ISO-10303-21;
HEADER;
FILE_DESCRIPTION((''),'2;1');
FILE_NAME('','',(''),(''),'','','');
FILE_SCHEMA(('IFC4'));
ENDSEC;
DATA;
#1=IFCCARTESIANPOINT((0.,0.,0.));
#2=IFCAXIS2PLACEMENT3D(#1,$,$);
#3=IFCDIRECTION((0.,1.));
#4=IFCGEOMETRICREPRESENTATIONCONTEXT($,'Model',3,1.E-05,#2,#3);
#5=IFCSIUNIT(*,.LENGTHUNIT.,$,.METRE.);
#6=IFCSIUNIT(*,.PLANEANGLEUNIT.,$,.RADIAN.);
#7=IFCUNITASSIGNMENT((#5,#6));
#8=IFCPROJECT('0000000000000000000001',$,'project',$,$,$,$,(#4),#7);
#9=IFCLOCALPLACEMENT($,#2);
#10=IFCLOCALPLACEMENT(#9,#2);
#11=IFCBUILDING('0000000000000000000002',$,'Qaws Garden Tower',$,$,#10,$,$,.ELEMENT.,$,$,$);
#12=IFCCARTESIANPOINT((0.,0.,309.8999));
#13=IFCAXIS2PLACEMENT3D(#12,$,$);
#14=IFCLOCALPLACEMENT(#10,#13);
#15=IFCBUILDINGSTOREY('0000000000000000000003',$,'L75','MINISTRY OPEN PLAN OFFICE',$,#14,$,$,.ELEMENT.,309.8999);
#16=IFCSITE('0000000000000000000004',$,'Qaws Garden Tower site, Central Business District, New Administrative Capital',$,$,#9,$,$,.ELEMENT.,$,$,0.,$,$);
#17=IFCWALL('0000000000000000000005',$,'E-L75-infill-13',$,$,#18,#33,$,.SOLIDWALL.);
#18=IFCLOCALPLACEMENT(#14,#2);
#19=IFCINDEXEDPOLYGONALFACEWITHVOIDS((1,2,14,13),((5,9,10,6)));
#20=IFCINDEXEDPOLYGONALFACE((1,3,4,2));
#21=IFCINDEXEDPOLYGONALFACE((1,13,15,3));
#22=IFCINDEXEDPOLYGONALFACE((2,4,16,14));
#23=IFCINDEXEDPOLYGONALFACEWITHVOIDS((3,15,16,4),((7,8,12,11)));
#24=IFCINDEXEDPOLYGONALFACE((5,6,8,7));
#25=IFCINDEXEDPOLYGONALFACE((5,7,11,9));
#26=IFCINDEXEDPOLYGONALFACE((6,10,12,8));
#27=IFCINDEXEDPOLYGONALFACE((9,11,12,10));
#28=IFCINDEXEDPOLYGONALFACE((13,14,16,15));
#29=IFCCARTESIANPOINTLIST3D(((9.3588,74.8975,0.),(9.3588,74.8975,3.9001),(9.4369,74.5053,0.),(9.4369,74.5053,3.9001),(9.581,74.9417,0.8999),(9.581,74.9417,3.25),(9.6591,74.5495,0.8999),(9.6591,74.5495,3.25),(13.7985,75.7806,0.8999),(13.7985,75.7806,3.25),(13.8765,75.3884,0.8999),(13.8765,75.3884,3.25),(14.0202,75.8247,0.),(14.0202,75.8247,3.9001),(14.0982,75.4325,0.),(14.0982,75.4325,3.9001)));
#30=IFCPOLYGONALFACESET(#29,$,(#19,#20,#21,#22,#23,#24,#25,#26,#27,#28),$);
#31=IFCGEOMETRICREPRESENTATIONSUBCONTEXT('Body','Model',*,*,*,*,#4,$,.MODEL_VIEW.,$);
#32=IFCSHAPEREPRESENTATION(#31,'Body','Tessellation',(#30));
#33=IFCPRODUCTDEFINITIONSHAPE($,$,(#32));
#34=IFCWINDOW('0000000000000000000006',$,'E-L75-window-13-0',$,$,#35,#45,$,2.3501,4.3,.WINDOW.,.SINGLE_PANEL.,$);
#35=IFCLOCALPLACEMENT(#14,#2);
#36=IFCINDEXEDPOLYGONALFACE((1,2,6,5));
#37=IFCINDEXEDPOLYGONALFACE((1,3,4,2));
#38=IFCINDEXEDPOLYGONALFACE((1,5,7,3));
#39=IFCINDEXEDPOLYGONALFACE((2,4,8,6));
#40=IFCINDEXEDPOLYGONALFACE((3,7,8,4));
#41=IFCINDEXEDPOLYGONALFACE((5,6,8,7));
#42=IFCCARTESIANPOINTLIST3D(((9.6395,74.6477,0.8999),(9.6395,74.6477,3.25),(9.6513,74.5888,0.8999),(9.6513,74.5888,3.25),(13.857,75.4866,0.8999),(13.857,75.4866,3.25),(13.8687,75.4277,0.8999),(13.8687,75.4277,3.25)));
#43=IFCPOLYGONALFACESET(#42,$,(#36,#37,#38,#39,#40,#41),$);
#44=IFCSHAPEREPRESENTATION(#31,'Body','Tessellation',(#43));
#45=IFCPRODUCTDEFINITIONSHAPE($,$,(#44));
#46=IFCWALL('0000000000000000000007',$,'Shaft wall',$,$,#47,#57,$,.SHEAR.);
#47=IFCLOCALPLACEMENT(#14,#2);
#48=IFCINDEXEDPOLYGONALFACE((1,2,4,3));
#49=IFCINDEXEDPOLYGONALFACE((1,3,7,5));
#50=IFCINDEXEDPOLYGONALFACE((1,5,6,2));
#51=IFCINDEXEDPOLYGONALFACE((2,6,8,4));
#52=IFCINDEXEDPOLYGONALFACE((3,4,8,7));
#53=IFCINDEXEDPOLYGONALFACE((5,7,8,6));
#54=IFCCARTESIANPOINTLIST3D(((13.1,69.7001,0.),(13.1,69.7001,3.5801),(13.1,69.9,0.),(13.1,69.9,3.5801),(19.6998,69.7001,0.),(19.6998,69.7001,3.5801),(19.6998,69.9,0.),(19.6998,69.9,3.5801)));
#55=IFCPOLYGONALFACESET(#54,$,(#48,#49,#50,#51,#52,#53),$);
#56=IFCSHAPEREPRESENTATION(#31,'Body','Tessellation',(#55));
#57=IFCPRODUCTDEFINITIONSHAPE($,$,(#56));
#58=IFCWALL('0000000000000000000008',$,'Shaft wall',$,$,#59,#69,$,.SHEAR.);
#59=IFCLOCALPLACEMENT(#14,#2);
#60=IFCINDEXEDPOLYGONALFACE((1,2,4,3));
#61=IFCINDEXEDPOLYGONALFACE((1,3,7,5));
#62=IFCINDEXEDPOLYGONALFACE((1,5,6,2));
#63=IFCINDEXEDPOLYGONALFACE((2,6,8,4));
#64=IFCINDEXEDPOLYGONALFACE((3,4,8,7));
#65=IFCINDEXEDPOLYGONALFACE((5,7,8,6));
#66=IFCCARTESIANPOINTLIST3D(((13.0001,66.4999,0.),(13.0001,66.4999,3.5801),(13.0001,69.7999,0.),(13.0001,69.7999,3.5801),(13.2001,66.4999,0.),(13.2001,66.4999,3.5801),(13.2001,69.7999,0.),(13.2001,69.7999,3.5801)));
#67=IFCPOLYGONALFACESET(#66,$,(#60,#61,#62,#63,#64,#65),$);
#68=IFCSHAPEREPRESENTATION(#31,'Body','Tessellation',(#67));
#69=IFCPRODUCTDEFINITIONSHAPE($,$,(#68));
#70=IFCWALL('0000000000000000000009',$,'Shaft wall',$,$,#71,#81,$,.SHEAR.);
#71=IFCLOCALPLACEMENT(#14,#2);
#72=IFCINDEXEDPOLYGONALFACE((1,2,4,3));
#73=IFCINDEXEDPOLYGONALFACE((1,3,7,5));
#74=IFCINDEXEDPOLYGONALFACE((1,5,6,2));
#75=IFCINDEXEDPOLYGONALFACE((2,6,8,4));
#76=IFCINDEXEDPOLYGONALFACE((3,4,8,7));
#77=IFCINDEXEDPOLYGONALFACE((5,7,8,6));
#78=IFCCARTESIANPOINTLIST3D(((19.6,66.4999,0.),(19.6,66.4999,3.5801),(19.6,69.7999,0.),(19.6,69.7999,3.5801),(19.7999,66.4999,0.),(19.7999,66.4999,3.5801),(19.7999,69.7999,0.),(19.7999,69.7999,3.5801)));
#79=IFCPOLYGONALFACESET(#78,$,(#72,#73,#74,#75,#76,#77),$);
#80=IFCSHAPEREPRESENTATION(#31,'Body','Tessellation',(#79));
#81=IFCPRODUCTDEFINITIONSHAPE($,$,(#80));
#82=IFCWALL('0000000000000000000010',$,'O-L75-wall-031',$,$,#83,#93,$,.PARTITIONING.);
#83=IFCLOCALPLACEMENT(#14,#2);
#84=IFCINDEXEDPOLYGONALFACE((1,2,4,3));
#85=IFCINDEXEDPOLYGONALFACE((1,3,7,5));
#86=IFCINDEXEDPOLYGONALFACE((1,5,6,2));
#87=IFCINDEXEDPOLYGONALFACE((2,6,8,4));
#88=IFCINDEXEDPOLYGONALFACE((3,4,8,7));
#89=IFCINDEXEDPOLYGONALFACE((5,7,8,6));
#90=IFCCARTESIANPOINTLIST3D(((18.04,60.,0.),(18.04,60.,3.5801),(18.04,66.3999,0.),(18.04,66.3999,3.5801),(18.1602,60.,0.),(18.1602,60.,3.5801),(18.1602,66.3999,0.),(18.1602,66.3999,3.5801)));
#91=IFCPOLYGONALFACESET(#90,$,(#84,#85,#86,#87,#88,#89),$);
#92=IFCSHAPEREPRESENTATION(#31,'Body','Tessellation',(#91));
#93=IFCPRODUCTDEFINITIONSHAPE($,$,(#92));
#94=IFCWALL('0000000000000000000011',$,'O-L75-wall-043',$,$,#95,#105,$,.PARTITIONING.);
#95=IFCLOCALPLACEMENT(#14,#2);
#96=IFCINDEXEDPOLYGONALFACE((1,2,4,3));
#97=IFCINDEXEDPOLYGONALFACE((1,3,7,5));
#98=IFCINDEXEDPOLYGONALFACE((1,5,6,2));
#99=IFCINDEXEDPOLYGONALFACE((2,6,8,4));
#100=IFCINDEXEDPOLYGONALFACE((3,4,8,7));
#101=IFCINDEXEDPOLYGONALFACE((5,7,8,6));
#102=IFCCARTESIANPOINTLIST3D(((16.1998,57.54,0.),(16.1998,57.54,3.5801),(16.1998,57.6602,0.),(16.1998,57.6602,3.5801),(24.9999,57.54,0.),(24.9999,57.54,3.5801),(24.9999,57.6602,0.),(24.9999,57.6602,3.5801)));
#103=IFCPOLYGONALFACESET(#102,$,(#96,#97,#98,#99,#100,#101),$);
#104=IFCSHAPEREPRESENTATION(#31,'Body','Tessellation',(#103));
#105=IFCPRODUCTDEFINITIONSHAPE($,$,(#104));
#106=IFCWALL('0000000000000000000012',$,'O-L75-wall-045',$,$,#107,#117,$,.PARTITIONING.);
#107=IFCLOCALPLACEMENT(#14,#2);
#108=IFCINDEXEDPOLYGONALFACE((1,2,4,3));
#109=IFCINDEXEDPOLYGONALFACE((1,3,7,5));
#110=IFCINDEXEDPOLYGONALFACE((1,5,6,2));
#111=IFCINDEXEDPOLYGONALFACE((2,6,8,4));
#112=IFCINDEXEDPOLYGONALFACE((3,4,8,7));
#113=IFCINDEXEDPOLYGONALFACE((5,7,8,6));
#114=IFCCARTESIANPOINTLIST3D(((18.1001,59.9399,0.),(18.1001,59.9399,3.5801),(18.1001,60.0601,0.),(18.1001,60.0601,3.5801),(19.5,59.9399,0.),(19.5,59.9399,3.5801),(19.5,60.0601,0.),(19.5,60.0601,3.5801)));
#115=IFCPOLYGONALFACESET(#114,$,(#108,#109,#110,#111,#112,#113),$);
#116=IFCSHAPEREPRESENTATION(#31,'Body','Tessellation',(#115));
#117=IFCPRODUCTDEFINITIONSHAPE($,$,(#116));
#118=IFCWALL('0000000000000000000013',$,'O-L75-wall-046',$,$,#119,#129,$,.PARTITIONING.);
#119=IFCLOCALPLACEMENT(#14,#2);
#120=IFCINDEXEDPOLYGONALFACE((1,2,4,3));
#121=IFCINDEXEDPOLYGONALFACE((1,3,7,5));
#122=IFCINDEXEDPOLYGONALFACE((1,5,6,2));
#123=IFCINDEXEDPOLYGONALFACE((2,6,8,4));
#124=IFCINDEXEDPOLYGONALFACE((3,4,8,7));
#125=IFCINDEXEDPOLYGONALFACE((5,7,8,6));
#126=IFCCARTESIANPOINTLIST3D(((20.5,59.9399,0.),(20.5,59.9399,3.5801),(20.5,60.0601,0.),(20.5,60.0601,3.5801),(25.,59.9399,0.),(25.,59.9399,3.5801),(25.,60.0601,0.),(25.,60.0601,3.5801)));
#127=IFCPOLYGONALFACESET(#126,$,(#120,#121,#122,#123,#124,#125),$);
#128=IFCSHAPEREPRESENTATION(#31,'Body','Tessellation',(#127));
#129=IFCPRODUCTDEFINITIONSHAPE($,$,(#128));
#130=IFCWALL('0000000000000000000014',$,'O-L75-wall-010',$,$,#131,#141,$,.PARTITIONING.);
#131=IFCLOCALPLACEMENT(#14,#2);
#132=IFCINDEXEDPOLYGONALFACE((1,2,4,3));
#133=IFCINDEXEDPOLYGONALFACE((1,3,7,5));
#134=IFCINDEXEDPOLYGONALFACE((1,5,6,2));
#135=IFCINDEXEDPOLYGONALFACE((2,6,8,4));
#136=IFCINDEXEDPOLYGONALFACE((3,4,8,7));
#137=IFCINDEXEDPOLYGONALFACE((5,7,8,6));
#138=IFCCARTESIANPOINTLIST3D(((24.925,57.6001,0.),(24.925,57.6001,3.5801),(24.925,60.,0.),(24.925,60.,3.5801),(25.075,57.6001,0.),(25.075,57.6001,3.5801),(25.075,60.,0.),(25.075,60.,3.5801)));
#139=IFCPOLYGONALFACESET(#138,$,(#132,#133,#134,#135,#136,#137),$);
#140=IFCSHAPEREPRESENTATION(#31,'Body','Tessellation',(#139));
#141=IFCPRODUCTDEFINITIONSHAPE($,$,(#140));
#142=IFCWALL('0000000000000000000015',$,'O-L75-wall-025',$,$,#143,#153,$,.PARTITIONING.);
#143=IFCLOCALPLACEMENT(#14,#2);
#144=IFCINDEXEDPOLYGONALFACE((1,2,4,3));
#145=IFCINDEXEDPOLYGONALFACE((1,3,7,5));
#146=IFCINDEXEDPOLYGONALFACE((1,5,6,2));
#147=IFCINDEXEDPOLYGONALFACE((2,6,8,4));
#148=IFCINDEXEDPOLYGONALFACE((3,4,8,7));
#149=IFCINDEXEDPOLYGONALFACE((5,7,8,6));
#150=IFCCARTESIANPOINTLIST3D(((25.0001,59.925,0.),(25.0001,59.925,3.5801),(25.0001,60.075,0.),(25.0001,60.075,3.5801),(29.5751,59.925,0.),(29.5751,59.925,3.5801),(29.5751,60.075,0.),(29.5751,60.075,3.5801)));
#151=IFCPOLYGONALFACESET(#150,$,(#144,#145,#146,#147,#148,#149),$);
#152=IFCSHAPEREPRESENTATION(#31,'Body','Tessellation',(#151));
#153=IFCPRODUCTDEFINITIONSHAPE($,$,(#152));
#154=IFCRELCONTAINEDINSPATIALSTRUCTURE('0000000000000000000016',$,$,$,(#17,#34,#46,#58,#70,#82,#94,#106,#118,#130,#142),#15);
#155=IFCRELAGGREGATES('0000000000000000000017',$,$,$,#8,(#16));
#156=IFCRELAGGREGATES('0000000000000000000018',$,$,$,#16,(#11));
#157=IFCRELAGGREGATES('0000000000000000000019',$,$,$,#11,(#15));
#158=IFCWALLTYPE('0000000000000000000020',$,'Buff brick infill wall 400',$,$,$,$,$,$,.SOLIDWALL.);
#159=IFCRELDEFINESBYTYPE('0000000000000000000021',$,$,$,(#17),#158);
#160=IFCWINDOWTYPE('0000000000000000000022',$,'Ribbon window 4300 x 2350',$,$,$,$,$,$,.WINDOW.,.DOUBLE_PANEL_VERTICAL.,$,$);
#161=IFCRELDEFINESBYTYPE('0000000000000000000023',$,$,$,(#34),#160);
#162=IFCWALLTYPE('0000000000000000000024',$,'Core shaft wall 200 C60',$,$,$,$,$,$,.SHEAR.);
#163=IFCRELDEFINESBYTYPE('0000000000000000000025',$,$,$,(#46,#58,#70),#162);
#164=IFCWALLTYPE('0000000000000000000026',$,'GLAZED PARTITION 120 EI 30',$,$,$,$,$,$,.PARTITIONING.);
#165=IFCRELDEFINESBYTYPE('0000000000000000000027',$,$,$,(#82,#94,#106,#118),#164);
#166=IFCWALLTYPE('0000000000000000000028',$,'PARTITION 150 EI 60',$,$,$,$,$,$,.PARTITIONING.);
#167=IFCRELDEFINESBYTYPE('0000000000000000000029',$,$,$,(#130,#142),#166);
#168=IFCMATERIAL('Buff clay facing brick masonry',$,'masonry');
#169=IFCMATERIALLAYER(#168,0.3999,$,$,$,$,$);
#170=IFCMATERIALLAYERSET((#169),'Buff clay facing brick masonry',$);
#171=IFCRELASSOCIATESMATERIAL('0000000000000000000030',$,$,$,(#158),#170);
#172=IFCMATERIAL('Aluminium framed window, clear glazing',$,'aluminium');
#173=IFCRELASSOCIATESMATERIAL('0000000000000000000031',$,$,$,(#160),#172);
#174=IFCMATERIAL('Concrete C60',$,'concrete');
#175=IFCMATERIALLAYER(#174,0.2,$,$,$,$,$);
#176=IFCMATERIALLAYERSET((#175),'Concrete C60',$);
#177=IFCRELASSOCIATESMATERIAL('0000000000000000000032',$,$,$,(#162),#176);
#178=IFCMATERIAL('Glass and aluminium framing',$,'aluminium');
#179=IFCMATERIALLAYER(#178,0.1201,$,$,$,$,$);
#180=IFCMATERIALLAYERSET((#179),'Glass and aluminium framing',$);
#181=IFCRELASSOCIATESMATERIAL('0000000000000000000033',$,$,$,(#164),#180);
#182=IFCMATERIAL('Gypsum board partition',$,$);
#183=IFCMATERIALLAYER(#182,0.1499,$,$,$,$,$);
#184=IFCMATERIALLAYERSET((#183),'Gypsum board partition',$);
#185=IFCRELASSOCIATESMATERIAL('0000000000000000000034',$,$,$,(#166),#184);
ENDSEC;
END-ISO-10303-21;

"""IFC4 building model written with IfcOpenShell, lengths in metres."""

from ifc_helpers import new_model, si_unit, direction, frame, frame_2d, origin, place, context, subcontext, project, spatial, rectangle, extrude, material, layer, layer_set, type_object, element, fill, save


model = new_model("IFC4")

# Units and contexts
model_context = context("Model", 3, precision=1e-05, world=origin(), true_north=direction((0.0, 1.0)))
body_context = subcontext(model_context, "Body", "Model", "MODEL_VIEW")
ifc_project = project(units=[si_unit("LENGTHUNIT", "METRE"), si_unit("PLANEANGLEUNIT", "RADIAN")], contexts=[model_context])

# Site, building, storey
site_placement = place(None, origin())
site = spatial("IfcSite", under=ifc_project, at=site_placement, Name="Qaws Garden Tower site, Central Business District, New Administrative Capital", CompositionType="ELEMENT", RefElevation=0.0)
building_placement = place(site_placement, origin())
building = spatial("IfcBuilding", under=site, at=building_placement, Name="Qaws Garden Tower", CompositionType="ELEMENT")
storey_placement = place(building_placement, frame((0.0, 0.0, 309.8999)))
storey = spatial("IfcBuildingStorey", under=building, at=storey_placement, Name="L75", Description="MINISTRY OPEN PLAN OFFICE", CompositionType="ELEMENT", Elevation=309.8999)

# Wall, opening, window
ifc_material_1 = material(Name="Buff clay facing brick masonry", Category="masonry")
ifc_layer_1 = layer(ifc_material_1, 0.3999)
ifc_layer_set_1 = layer_set([ifc_layer_1], Name="Buff clay facing brick masonry")
wall_type_1 = type_object("IfcWallType", Name="Buff brick infill wall 400", PredefinedType="SOLIDWALL", material=ifc_layer_set_1)
ifc_material_2 = material(Name="Aluminium framed window, clear glazing", Category="aluminium")
window_type = type_object("IfcWindowType", Name="Ribbon window 4300 x 2350", PartitioningType="DOUBLE_PANEL_VERTICAL", PredefinedType="WINDOW", material=ifc_material_2)
wall_1_placement = place(storey_placement, frame((14.0593, 75.6287, 0.0), z_axis=(0.0, 0.0, 1.0), x_axis=(-0.980784, -0.195099, 0.0)))
wall_1 = element("IfcWall", 1, at=wall_1_placement, inside=storey, type_object=wall_type_1, Name="E-L75-infill-13", PredefinedType="SOLIDWALL", context=body_context, shape_type="SweptSolid", body=[
    extrude(rectangle(XDim=4.7527, YDim=0.3999, at=frame_2d((2.3765, 0.0))), origin(), (0.0, 0.0, 1.0), 3.9001),
])
opening_1_placement = place(wall_1_placement, frame((0.2263, 0.0, 0.8999)))
opening_1 = element("IfcOpeningElement", 2, at=opening_1_placement, cuts=wall_1, PredefinedType="OPENING", context=body_context, shape_type="SweptSolid", body=[
    extrude(rectangle(XDim=4.3, YDim=2.3501, at=frame_2d((2.1499, 1.175))), frame((0.0, 0.21, 0.0), z_axis=(0.0, -1.0, 0.0), x_axis=(1.0, 0.0, 0.0)), (0.0, 0.0, 1.0), 0.4199),
])
window_1_placement = place(opening_1_placement, origin())
window_1 = element("IfcWindow", 3, at=window_1_placement, inside=storey, type_object=window_type, Name="E-L75-window-13-0", OverallHeight=2.3501, OverallWidth=4.3, PartitioningType="SINGLE_PANEL", PredefinedType="WINDOW", context=body_context, shape_type="SweptSolid", body=[
    extrude(rectangle(XDim=4.3, YDim=2.3501, at=frame_2d((2.1499, 1.175))), frame((0.0, 0.1599, 0.0), z_axis=(0.0, -1.0, 0.0), x_axis=(1.0, 0.0, 0.0)), (0.0, 0.0, 1.0), 0.0601),
])
fill(opening_1, window_1)

# Walls
ifc_material_3 = material(Name="Concrete C60", Category="concrete")
ifc_layer_2 = layer(ifc_material_3, 0.2)
ifc_layer_set_2 = layer_set([ifc_layer_2], Name="Concrete C60")
wall_type_2 = type_object("IfcWallType", Name="Core shaft wall 200 C60", PredefinedType="SHEAR", material=ifc_layer_set_2)
wall_2_placement = place(storey_placement, frame((13.1001, 69.8, 0.0), z_axis=(0.0, 0.0, 1.0), x_axis=(1.0, 0.0, 0.0)))
element("IfcWall", 4, at=wall_2_placement, inside=storey, type_object=wall_type_2, Name="Shaft wall", PredefinedType="SHEAR", context=body_context, shape_type="SweptSolid", body=[
    extrude(rectangle(XDim=6.5999, YDim=0.2, at=frame_2d((3.2998, 0.0))), origin(), (0.0, 0.0, 1.0), 3.5801),
])
for number, where, z_axis, x_axis, name in (
    (5, (13.1001, 66.5, 0.0), (0.0, 0.0, 1.0), (0.0, 1.0, 0.0), "Shaft wall"),
    (6, (19.7, 66.5, 0.0), (0.0, 0.0, 1.0), (0.0, 1.0, 0.0), "Shaft wall"),
):
    element("IfcWall", number, at=place(storey_placement, frame(where, z_axis=z_axis, x_axis=x_axis)), inside=storey, type_object=wall_type_2, Name=name, PredefinedType="SHEAR", context=body_context, shape_type="SweptSolid", body=[
        extrude(rectangle(XDim=3.3, YDim=0.2, at=frame_2d((1.6499, 0.0))), origin(), (0.0, 0.0, 1.0), 3.5801),
    ])
ifc_material_4 = material(Name="Glass and aluminium framing", Category="aluminium")
ifc_layer_3 = layer(ifc_material_4, 0.1201)
ifc_layer_set_3 = layer_set([ifc_layer_3], Name="Glass and aluminium framing")
wall_type_3 = type_object("IfcWallType", Name="GLAZED PARTITION 120 EI 30", PredefinedType="PARTITIONING", material=ifc_layer_set_3)
wall_3_placement = place(storey_placement, frame((18.1001, 60.0, 0.0), z_axis=(0.0, 0.0, 1.0), x_axis=(0.0, 1.0, 0.0)))
element("IfcWall", 7, at=wall_3_placement, inside=storey, type_object=wall_type_3, Name="O-L75-wall-031", PredefinedType="PARTITIONING", context=body_context, shape_type="SweptSolid", body=[
    extrude(rectangle(XDim=6.3999, YDim=0.1201, at=frame_2d((3.2, 0.0))), origin(), (0.0, 0.0, 1.0), 3.5801),
])
wall_4_placement = place(storey_placement, frame((16.2, 57.6001, 0.0), z_axis=(0.0, 0.0, 1.0), x_axis=(1.0, 0.0, 0.0)))
element("IfcWall", 8, at=wall_4_placement, inside=storey, type_object=wall_type_3, Name="O-L75-wall-043", PredefinedType="PARTITIONING", context=body_context, shape_type="SweptSolid", body=[
    extrude(rectangle(XDim=8.8, YDim=0.1201, at=frame_2d((4.3999, 0.0))), origin(), (0.0, 0.0, 1.0), 3.5801),
])
wall_5_placement = place(storey_placement, frame((18.1001, 60.0, 0.0), z_axis=(0.0, 0.0, 1.0), x_axis=(1.0, 0.0, 0.0)))
element("IfcWall", 9, at=wall_5_placement, inside=storey, type_object=wall_type_3, Name="O-L75-wall-045", PredefinedType="PARTITIONING", context=body_context, shape_type="SweptSolid", body=[
    extrude(rectangle(XDim=1.3999, YDim=0.1201, at=frame_2d((0.7, 0.0))), origin(), (0.0, 0.0, 1.0), 3.5801),
])
wall_6_placement = place(storey_placement, frame((20.5, 60.0, 0.0), z_axis=(0.0, 0.0, 1.0), x_axis=(1.0, 0.0, 0.0)))
element("IfcWall", 10, at=wall_6_placement, inside=storey, type_object=wall_type_3, Name="O-L75-wall-046", PredefinedType="PARTITIONING", context=body_context, shape_type="SweptSolid", body=[
    extrude(rectangle(XDim=4.5, YDim=0.1201, at=frame_2d((2.25, 0.0))), origin(), (0.0, 0.0, 1.0), 3.5801),
])
ifc_material_5 = material(Name="Gypsum board partition")
ifc_layer_4 = layer(ifc_material_5, 0.1499)
ifc_layer_set_4 = layer_set([ifc_layer_4], Name="Gypsum board partition")
wall_type_4 = type_object("IfcWallType", Name="PARTITION 150 EI 60", PredefinedType="PARTITIONING", material=ifc_layer_set_4)
wall_7_placement = place(storey_placement, frame((25.0, 57.6001, 0.0), z_axis=(0.0, 0.0, 1.0), x_axis=(0.0, 1.0, 0.0)))
element("IfcWall", 11, at=wall_7_placement, inside=storey, type_object=wall_type_4, Name="O-L75-wall-010", PredefinedType="PARTITIONING", context=body_context, shape_type="SweptSolid", body=[
    extrude(rectangle(XDim=2.3999, YDim=0.1499, at=frame_2d((1.2, 0.0))), origin(), (0.0, 0.0, 1.0), 3.5801),
])
wall_8_placement = place(storey_placement, frame((25.0, 60.0, 0.0), z_axis=(0.0, 0.0, 1.0), x_axis=(1.0, 0.0, 0.0)))
element("IfcWall", 12, at=wall_8_placement, inside=storey, type_object=wall_type_4, Name="O-L75-wall-025", PredefinedType="PARTITIONING", context=body_context, shape_type="SweptSolid", body=[
    extrude(rectangle(XDim=4.575, YDim=0.1499, at=frame_2d((2.2876, 0.0))), origin(), (0.0, 0.0, 1.0), 3.5801),
])

save(model, "model.ifc")
